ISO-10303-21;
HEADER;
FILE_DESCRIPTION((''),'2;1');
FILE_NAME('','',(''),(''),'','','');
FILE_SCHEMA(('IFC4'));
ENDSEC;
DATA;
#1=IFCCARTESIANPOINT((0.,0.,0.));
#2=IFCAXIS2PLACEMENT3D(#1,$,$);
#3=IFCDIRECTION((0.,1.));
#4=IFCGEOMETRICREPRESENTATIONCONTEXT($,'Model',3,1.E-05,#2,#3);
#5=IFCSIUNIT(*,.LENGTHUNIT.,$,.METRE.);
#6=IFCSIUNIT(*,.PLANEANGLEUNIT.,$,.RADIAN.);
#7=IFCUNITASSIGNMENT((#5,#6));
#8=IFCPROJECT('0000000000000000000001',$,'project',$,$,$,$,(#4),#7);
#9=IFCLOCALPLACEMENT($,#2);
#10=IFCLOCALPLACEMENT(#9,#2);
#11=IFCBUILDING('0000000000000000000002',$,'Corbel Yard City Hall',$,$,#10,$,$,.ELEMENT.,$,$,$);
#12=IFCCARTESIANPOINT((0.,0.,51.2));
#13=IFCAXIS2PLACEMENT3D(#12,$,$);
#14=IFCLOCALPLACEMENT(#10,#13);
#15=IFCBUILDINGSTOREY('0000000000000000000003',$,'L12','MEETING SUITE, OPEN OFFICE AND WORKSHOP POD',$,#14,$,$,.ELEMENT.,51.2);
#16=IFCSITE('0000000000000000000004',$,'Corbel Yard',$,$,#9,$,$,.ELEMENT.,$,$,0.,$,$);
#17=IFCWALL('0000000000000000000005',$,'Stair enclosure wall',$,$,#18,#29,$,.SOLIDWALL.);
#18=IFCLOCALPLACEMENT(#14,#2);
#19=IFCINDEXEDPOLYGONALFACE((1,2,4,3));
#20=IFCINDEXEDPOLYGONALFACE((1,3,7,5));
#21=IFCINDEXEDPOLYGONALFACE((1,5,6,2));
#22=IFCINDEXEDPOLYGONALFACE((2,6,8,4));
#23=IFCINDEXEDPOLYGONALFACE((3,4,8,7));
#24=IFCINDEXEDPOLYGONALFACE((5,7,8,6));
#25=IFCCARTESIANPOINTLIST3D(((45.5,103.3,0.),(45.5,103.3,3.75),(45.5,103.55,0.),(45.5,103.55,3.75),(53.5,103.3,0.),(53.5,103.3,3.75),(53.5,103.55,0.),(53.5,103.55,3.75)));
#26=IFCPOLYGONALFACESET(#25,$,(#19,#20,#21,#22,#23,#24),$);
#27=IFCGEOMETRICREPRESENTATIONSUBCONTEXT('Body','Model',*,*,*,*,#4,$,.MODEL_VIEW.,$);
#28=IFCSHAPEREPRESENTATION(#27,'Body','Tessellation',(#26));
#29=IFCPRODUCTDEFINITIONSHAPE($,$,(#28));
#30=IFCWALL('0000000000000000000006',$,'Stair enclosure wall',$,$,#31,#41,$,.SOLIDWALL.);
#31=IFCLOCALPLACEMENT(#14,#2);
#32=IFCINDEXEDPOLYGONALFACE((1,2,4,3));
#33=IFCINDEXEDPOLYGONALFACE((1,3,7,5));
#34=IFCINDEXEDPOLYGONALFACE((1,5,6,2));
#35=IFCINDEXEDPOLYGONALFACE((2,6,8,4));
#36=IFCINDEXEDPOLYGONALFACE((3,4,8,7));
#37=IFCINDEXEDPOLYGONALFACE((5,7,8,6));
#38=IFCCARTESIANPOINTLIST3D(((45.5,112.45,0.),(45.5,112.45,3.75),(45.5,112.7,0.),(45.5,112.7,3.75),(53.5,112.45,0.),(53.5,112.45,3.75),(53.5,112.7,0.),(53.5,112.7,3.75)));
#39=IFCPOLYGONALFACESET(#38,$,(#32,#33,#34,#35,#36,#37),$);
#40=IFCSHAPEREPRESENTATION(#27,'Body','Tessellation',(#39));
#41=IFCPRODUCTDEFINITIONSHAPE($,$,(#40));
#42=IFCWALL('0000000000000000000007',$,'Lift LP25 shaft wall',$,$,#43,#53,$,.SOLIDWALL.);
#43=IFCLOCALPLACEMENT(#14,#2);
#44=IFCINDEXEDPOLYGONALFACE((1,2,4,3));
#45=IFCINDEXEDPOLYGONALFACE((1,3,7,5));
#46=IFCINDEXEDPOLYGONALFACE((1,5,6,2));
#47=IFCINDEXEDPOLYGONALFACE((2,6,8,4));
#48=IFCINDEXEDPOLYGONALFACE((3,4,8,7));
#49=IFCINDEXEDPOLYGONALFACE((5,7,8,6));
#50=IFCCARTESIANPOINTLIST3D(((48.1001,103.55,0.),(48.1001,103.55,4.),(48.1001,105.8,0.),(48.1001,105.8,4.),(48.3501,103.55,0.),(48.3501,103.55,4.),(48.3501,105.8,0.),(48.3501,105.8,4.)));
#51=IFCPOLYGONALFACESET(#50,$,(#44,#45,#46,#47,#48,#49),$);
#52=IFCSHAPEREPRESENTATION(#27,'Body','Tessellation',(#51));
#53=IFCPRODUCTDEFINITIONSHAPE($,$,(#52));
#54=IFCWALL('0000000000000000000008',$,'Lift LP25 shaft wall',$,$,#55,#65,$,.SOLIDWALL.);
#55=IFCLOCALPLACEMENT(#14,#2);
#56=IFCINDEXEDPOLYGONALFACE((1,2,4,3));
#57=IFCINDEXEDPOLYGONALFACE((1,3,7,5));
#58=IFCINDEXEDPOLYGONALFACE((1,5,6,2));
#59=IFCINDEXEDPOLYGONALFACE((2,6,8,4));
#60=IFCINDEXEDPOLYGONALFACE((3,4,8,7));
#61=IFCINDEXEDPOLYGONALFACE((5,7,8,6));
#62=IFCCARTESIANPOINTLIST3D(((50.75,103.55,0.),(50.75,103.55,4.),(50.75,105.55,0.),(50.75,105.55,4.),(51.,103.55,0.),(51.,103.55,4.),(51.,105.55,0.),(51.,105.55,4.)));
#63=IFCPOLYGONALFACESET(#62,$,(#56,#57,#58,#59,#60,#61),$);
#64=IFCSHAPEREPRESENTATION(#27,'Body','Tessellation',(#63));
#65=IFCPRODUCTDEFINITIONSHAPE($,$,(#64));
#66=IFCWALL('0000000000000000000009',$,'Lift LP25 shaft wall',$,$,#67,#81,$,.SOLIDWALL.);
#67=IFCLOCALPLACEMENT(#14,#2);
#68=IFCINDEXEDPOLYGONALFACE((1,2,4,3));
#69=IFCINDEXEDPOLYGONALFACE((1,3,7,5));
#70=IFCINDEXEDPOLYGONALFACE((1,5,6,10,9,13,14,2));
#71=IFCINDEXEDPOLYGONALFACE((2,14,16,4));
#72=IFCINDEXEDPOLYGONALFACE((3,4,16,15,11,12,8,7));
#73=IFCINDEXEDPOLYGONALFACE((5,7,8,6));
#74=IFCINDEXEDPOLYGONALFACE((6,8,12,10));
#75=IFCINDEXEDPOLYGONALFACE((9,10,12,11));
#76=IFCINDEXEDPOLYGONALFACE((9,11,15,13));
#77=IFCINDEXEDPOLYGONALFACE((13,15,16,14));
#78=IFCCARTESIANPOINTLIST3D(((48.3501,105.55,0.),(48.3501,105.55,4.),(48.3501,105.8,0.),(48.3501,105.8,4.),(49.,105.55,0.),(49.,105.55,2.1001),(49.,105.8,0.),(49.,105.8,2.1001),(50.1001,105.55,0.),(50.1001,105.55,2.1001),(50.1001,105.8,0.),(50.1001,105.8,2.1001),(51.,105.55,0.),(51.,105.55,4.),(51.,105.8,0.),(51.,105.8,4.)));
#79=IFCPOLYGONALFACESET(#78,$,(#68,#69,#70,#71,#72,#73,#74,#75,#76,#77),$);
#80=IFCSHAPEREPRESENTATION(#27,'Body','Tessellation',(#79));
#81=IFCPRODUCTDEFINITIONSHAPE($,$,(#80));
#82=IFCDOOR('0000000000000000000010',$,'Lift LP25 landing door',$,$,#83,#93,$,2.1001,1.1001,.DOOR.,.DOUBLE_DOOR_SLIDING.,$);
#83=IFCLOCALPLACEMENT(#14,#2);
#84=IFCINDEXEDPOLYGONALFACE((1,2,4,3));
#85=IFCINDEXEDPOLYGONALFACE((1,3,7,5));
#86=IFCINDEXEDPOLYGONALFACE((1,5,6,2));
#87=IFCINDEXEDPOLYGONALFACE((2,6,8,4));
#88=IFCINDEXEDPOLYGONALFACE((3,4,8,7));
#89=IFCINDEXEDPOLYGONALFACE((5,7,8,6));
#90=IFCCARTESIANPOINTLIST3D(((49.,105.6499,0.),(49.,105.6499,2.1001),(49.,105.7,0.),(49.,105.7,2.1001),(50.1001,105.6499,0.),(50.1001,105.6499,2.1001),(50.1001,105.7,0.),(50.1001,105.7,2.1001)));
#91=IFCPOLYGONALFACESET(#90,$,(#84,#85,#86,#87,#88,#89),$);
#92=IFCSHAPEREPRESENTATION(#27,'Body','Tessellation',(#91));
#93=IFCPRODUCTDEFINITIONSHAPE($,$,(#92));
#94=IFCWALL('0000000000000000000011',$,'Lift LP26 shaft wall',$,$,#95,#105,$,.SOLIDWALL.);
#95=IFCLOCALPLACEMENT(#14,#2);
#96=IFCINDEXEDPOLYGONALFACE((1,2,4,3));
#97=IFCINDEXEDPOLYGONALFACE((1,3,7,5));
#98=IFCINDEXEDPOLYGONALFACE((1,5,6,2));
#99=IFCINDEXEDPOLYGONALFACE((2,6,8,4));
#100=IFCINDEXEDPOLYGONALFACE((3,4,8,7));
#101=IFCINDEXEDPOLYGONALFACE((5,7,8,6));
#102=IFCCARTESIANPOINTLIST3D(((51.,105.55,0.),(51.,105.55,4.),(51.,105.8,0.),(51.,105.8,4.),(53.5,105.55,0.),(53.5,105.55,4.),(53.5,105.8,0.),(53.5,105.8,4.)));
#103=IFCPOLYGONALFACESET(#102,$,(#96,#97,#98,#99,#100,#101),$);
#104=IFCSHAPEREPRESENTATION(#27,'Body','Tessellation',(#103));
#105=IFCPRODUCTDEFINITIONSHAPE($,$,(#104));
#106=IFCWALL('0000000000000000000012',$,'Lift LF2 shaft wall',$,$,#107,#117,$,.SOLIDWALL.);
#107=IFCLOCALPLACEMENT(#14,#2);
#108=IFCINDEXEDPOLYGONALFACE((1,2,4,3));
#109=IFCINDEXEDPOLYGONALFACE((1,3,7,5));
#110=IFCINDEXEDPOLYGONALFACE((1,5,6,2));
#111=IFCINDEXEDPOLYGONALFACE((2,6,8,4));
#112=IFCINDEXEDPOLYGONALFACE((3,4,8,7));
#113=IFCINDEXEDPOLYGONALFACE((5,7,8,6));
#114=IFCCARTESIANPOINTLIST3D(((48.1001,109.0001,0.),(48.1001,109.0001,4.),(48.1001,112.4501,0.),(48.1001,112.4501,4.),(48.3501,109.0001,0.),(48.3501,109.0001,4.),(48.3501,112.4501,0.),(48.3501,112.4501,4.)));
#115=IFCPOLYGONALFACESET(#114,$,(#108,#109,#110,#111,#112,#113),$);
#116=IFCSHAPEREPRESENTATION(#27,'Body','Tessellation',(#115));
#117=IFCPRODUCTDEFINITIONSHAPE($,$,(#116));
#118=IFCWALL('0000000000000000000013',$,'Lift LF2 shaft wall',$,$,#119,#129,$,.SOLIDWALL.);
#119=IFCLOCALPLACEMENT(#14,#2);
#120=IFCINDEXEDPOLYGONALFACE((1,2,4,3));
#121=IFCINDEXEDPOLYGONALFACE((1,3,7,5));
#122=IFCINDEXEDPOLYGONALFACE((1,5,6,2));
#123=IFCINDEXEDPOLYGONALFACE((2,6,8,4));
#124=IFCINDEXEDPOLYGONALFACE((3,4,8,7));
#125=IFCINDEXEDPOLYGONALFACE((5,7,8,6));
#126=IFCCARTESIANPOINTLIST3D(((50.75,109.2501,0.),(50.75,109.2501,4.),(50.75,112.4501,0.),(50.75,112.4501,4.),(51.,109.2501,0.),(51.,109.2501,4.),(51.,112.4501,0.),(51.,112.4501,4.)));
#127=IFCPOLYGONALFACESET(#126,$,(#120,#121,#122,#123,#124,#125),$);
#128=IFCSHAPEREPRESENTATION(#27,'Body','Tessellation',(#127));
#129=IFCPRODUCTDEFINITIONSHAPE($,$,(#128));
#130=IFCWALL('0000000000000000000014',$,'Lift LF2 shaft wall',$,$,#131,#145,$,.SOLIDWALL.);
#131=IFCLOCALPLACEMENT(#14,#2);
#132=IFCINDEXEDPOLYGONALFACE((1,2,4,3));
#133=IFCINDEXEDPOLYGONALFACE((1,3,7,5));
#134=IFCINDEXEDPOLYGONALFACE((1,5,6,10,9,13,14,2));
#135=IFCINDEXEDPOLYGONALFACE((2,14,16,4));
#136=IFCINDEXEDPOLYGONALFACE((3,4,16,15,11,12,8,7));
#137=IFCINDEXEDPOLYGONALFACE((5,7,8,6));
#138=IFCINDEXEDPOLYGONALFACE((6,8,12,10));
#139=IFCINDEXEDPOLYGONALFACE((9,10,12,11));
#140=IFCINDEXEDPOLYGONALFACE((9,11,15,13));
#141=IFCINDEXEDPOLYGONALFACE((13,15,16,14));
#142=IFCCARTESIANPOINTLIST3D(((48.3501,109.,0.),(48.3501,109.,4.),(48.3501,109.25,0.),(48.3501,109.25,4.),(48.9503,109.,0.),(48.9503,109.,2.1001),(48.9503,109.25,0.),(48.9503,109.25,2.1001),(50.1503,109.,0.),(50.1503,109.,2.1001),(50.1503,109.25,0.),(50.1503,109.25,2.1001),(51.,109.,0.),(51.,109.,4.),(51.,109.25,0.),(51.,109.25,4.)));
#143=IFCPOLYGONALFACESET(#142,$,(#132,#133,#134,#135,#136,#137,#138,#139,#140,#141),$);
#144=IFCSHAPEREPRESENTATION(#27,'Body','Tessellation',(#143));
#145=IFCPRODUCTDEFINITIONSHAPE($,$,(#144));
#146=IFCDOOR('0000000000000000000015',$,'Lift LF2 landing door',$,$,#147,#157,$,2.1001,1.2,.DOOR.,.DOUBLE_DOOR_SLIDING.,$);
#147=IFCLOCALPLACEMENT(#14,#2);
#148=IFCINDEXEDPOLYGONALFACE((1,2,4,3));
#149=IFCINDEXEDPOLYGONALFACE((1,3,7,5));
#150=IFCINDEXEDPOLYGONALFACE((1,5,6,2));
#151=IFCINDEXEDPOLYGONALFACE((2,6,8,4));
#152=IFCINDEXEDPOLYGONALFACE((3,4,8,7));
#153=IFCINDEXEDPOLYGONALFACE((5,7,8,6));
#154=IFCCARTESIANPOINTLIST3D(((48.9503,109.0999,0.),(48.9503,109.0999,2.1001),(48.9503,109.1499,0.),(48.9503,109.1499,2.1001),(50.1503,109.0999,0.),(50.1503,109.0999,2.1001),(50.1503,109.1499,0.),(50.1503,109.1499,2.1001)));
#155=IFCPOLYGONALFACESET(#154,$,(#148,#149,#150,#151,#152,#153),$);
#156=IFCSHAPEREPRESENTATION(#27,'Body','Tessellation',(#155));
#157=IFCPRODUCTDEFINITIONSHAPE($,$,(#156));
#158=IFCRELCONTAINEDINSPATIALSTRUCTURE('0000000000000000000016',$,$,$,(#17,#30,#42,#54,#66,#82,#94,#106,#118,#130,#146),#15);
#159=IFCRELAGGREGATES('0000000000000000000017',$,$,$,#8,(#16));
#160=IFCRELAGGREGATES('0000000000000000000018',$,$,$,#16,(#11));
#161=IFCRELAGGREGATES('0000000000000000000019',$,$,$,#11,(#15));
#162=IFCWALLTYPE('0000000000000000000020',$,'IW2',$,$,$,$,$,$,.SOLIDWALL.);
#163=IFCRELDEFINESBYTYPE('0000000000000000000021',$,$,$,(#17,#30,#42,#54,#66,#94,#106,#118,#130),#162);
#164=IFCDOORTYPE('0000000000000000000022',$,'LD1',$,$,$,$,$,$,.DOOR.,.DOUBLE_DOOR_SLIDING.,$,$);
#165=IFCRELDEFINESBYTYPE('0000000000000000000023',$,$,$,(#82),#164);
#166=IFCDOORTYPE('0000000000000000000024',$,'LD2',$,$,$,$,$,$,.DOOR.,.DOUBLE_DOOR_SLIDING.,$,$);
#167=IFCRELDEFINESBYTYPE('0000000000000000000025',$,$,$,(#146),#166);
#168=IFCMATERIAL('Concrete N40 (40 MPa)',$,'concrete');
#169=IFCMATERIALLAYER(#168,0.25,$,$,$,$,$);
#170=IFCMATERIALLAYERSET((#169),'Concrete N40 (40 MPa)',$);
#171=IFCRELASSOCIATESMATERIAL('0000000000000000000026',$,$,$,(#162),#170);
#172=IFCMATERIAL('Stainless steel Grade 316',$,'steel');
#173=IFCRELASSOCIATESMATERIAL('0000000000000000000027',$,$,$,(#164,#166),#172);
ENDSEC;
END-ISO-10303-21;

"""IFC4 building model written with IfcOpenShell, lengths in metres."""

from ifc_helpers import new_model, si_unit, direction, frame, frame_2d, origin, place, context, subcontext, project, spatial, rectangle, extrude, material, layer, layer_set, type_object, element, fill, save


model = new_model("IFC4")

# Units and contexts
model_context = context("Model", 3, precision=1e-05, world=origin(), true_north=direction((0.0, 1.0)))
body_context = subcontext(model_context, "Body", "Model", "MODEL_VIEW")
ifc_project = project(units=[si_unit("LENGTHUNIT", "METRE"), si_unit("PLANEANGLEUNIT", "RADIAN")], contexts=[model_context])

# Site, building, storey
site_placement = place(None, origin())
site = spatial("IfcSite", under=ifc_project, at=site_placement, Name="Corbel Yard", CompositionType="ELEMENT", RefElevation=0.0)
building_placement = place(site_placement, origin())
building = spatial("IfcBuilding", under=site, at=building_placement, Name="Corbel Yard City Hall", CompositionType="ELEMENT")
storey_placement = place(building_placement, frame((0.0, 0.0, 51.2)))
storey = spatial("IfcBuildingStorey", under=building, at=storey_placement, Name="L12", Description="MEETING SUITE, OPEN OFFICE AND WORKSHOP POD", CompositionType="ELEMENT", Elevation=51.2)

# Walls
ifc_material_1 = material(Name="Concrete N40 (40 MPa)", Category="concrete")
ifc_layer_1 = layer(ifc_material_1, 0.25)
ifc_layer_set_1 = layer_set([ifc_layer_1], Name="Concrete N40 (40 MPa)")
wall_type_1 = type_object("IfcWallType", Name="IW2", PredefinedType="SOLIDWALL", material=ifc_layer_set_1)
for number, where, z_axis, x_axis, name in (
    (1, (45.5, 103.425, 0.0), (0.0, 0.0, 1.0), (1.0, 0.0, 0.0), "Stair enclosure wall"),
    (2, (45.5, 112.575, 0.0), (0.0, 0.0, 1.0), (1.0, 0.0, 0.0), "Stair enclosure wall"),
):
    element("IfcWall", number, at=place(storey_placement, frame(where, z_axis=z_axis, x_axis=x_axis)), inside=storey, type_object=wall_type_1, Name=name, PredefinedType="SOLIDWALL", context=body_context, shape_type="SweptSolid", body=[
        extrude(rectangle(XDim=8.0, YDim=0.25, at=frame_2d((4.0, 0.0))), origin(), (0.0, 0.0, 1.0), 3.75),
    ])
wall_1_placement = place(storey_placement, frame((48.2251, 103.55, 0.0), z_axis=(0.0, 0.0, 1.0), x_axis=(0.0, 1.0, 0.0)))
element("IfcWall", 3, at=wall_1_placement, inside=storey, type_object=wall_type_1, Name="Lift LP25 shaft wall", PredefinedType="SOLIDWALL", context=body_context, shape_type="SweptSolid", body=[
    extrude(rectangle(XDim=2.25, YDim=0.25, at=frame_2d((1.125, 0.0))), origin(), (0.0, 0.0, 1.0), 4.0),
])
wall_2_placement = place(storey_placement, frame((50.875, 103.55, 0.0), z_axis=(0.0, 0.0, 1.0), x_axis=(0.0, 1.0, 0.0)))
element("IfcWall", 4, at=wall_2_placement, inside=storey, type_object=wall_type_1, Name="Lift LP25 shaft wall", PredefinedType="SOLIDWALL", context=body_context, shape_type="SweptSolid", body=[
    extrude(rectangle(XDim=2.0, YDim=0.25, at=frame_2d((1.0, 0.0))), origin(), (0.0, 0.0, 1.0), 4.0),
])

# Wall, opening, door
wall_3_placement = place(storey_placement, frame((48.3501, 105.675, 0.0), z_axis=(0.0, 0.0, 1.0), x_axis=(1.0, 0.0, 0.0)))
wall_3 = element("IfcWall", 5, at=wall_3_placement, inside=storey, type_object=wall_type_1, Name="Lift LP25 shaft wall", PredefinedType="SOLIDWALL", context=body_context, shape_type="SweptSolid", body=[
    extrude(rectangle(XDim=2.6499, YDim=0.25, at=frame_2d((1.325, 0.0))), origin(), (0.0, 0.0, 1.0), 4.0),
])
opening_1_placement = place(wall_3_placement, frame((0.6499, 0.0, 0.0)))
opening_1 = element("IfcOpeningElement", 6, at=opening_1_placement, cuts=wall_3, PredefinedType="OPENING", context=body_context, shape_type="SweptSolid", body=[
    extrude(rectangle(XDim=1.1001, YDim=2.1001, at=frame_2d((0.55, 1.05))), frame((0.0, 0.135, 0.0), z_axis=(0.0, -1.0, 0.0), x_axis=(1.0, 0.0, 0.0)), (0.0, 0.0, 1.0), 0.27),
])
ifc_material_2 = material(Name="Stainless steel Grade 316", Category="steel")
door_type_1 = type_object("IfcDoorType", Name="LD1", OperationType="DOUBLE_DOOR_SLIDING", PredefinedType="DOOR", material=ifc_material_2)
door_1_placement = place(opening_1_placement, origin())
door_1 = element("IfcDoor", 7, at=door_1_placement, inside=storey, type_object=door_type_1, Name="Lift LP25 landing door", OperationType="DOUBLE_DOOR_SLIDING", OverallHeight=2.1001, OverallWidth=1.1001, PredefinedType="DOOR", context=body_context, shape_type="SweptSolid", body=[
    extrude(rectangle(XDim=1.1001, YDim=2.1001, at=frame_2d((0.55, 1.05))), frame((0.0, 0.0249, 0.0), z_axis=(0.0, -1.0, 0.0), x_axis=(1.0, 0.0, 0.0)), (0.0, 0.0, 1.0), 0.05),
])
fill(opening_1, door_1)

# Walls
wall_4_placement = place(storey_placement, frame((51.0, 105.675, 0.0), z_axis=(0.0, 0.0, 1.0), x_axis=(1.0, 0.0, 0.0)))
element("IfcWall", 8, at=wall_4_placement, inside=storey, type_object=wall_type_1, Name="Lift LP26 shaft wall", PredefinedType="SOLIDWALL", context=body_context, shape_type="SweptSolid", body=[
    extrude(rectangle(XDim=2.5, YDim=0.25, at=frame_2d((1.25, 0.0))), origin(), (0.0, 0.0, 1.0), 4.0),
])
wall_5_placement = place(storey_placement, frame((48.2251, 109.0, 0.0), z_axis=(0.0, 0.0, 1.0), x_axis=(0.0, 1.0, 0.0)))
element("IfcWall", 9, at=wall_5_placement, inside=storey, type_object=wall_type_1, Name="Lift LF2 shaft wall", PredefinedType="SOLIDWALL", context=body_context, shape_type="SweptSolid", body=[
    extrude(rectangle(XDim=3.45, YDim=0.25, at=frame_2d((1.7251, 0.0))), origin(), (0.0, 0.0, 1.0), 4.0),
])
wall_6_placement = place(storey_placement, frame((50.875, 109.25, 0.0), z_axis=(0.0, 0.0, 1.0), x_axis=(0.0, 1.0, 0.0)))
element("IfcWall", 10, at=wall_6_placement, inside=storey, type_object=wall_type_1, Name="Lift LF2 shaft wall", PredefinedType="SOLIDWALL", context=body_context, shape_type="SweptSolid", body=[
    extrude(rectangle(XDim=3.2, YDim=0.25, at=frame_2d((1.6001, 0.0))), origin(), (0.0, 0.0, 1.0), 4.0),
])

# Wall, opening, door
wall_7_placement = place(storey_placement, frame((48.3501, 109.125, 0.0), z_axis=(0.0, 0.0, 1.0), x_axis=(1.0, 0.0, 0.0)))
wall_7 = element("IfcWall", 11, at=wall_7_placement, inside=storey, type_object=wall_type_1, Name="Lift LF2 shaft wall", PredefinedType="SOLIDWALL", context=body_context, shape_type="SweptSolid", body=[
    extrude(rectangle(XDim=2.6499, YDim=0.25, at=frame_2d((1.325, 0.0))), origin(), (0.0, 0.0, 1.0), 4.0),
])
opening_2_placement = place(wall_7_placement, frame((0.6001, 0.0, 0.0)))
opening_2 = element("IfcOpeningElement", 12, at=opening_2_placement, cuts=wall_7, PredefinedType="OPENING", context=body_context, shape_type="SweptSolid", body=[
    extrude(rectangle(XDim=1.2, YDim=2.1001, at=frame_2d((0.6001, 1.05))), frame((0.0, 0.135, 0.0), z_axis=(0.0, -1.0, 0.0), x_axis=(1.0, 0.0, 0.0)), (0.0, 0.0, 1.0), 0.27),
])
door_type_2 = type_object("IfcDoorType", Name="LD2", OperationType="DOUBLE_DOOR_SLIDING", PredefinedType="DOOR", material=ifc_material_2)
door_2_placement = place(opening_2_placement, origin())
door_2 = element("IfcDoor", 13, at=door_2_placement, inside=storey, type_object=door_type_2, Name="Lift LF2 landing door", OperationType="DOUBLE_DOOR_SLIDING", OverallHeight=2.1001, OverallWidth=1.2, PredefinedType="DOOR", context=body_context, shape_type="SweptSolid", body=[
    extrude(rectangle(XDim=1.2, YDim=2.1001, at=frame_2d((0.6001, 1.05))), frame((0.0, 0.0249, 0.0), z_axis=(0.0, -1.0, 0.0), x_axis=(1.0, 0.0, 0.0)), (0.0, 0.0, 1.0), 0.05),
])
fill(opening_2, door_2)

save(model, "model.ifc")
